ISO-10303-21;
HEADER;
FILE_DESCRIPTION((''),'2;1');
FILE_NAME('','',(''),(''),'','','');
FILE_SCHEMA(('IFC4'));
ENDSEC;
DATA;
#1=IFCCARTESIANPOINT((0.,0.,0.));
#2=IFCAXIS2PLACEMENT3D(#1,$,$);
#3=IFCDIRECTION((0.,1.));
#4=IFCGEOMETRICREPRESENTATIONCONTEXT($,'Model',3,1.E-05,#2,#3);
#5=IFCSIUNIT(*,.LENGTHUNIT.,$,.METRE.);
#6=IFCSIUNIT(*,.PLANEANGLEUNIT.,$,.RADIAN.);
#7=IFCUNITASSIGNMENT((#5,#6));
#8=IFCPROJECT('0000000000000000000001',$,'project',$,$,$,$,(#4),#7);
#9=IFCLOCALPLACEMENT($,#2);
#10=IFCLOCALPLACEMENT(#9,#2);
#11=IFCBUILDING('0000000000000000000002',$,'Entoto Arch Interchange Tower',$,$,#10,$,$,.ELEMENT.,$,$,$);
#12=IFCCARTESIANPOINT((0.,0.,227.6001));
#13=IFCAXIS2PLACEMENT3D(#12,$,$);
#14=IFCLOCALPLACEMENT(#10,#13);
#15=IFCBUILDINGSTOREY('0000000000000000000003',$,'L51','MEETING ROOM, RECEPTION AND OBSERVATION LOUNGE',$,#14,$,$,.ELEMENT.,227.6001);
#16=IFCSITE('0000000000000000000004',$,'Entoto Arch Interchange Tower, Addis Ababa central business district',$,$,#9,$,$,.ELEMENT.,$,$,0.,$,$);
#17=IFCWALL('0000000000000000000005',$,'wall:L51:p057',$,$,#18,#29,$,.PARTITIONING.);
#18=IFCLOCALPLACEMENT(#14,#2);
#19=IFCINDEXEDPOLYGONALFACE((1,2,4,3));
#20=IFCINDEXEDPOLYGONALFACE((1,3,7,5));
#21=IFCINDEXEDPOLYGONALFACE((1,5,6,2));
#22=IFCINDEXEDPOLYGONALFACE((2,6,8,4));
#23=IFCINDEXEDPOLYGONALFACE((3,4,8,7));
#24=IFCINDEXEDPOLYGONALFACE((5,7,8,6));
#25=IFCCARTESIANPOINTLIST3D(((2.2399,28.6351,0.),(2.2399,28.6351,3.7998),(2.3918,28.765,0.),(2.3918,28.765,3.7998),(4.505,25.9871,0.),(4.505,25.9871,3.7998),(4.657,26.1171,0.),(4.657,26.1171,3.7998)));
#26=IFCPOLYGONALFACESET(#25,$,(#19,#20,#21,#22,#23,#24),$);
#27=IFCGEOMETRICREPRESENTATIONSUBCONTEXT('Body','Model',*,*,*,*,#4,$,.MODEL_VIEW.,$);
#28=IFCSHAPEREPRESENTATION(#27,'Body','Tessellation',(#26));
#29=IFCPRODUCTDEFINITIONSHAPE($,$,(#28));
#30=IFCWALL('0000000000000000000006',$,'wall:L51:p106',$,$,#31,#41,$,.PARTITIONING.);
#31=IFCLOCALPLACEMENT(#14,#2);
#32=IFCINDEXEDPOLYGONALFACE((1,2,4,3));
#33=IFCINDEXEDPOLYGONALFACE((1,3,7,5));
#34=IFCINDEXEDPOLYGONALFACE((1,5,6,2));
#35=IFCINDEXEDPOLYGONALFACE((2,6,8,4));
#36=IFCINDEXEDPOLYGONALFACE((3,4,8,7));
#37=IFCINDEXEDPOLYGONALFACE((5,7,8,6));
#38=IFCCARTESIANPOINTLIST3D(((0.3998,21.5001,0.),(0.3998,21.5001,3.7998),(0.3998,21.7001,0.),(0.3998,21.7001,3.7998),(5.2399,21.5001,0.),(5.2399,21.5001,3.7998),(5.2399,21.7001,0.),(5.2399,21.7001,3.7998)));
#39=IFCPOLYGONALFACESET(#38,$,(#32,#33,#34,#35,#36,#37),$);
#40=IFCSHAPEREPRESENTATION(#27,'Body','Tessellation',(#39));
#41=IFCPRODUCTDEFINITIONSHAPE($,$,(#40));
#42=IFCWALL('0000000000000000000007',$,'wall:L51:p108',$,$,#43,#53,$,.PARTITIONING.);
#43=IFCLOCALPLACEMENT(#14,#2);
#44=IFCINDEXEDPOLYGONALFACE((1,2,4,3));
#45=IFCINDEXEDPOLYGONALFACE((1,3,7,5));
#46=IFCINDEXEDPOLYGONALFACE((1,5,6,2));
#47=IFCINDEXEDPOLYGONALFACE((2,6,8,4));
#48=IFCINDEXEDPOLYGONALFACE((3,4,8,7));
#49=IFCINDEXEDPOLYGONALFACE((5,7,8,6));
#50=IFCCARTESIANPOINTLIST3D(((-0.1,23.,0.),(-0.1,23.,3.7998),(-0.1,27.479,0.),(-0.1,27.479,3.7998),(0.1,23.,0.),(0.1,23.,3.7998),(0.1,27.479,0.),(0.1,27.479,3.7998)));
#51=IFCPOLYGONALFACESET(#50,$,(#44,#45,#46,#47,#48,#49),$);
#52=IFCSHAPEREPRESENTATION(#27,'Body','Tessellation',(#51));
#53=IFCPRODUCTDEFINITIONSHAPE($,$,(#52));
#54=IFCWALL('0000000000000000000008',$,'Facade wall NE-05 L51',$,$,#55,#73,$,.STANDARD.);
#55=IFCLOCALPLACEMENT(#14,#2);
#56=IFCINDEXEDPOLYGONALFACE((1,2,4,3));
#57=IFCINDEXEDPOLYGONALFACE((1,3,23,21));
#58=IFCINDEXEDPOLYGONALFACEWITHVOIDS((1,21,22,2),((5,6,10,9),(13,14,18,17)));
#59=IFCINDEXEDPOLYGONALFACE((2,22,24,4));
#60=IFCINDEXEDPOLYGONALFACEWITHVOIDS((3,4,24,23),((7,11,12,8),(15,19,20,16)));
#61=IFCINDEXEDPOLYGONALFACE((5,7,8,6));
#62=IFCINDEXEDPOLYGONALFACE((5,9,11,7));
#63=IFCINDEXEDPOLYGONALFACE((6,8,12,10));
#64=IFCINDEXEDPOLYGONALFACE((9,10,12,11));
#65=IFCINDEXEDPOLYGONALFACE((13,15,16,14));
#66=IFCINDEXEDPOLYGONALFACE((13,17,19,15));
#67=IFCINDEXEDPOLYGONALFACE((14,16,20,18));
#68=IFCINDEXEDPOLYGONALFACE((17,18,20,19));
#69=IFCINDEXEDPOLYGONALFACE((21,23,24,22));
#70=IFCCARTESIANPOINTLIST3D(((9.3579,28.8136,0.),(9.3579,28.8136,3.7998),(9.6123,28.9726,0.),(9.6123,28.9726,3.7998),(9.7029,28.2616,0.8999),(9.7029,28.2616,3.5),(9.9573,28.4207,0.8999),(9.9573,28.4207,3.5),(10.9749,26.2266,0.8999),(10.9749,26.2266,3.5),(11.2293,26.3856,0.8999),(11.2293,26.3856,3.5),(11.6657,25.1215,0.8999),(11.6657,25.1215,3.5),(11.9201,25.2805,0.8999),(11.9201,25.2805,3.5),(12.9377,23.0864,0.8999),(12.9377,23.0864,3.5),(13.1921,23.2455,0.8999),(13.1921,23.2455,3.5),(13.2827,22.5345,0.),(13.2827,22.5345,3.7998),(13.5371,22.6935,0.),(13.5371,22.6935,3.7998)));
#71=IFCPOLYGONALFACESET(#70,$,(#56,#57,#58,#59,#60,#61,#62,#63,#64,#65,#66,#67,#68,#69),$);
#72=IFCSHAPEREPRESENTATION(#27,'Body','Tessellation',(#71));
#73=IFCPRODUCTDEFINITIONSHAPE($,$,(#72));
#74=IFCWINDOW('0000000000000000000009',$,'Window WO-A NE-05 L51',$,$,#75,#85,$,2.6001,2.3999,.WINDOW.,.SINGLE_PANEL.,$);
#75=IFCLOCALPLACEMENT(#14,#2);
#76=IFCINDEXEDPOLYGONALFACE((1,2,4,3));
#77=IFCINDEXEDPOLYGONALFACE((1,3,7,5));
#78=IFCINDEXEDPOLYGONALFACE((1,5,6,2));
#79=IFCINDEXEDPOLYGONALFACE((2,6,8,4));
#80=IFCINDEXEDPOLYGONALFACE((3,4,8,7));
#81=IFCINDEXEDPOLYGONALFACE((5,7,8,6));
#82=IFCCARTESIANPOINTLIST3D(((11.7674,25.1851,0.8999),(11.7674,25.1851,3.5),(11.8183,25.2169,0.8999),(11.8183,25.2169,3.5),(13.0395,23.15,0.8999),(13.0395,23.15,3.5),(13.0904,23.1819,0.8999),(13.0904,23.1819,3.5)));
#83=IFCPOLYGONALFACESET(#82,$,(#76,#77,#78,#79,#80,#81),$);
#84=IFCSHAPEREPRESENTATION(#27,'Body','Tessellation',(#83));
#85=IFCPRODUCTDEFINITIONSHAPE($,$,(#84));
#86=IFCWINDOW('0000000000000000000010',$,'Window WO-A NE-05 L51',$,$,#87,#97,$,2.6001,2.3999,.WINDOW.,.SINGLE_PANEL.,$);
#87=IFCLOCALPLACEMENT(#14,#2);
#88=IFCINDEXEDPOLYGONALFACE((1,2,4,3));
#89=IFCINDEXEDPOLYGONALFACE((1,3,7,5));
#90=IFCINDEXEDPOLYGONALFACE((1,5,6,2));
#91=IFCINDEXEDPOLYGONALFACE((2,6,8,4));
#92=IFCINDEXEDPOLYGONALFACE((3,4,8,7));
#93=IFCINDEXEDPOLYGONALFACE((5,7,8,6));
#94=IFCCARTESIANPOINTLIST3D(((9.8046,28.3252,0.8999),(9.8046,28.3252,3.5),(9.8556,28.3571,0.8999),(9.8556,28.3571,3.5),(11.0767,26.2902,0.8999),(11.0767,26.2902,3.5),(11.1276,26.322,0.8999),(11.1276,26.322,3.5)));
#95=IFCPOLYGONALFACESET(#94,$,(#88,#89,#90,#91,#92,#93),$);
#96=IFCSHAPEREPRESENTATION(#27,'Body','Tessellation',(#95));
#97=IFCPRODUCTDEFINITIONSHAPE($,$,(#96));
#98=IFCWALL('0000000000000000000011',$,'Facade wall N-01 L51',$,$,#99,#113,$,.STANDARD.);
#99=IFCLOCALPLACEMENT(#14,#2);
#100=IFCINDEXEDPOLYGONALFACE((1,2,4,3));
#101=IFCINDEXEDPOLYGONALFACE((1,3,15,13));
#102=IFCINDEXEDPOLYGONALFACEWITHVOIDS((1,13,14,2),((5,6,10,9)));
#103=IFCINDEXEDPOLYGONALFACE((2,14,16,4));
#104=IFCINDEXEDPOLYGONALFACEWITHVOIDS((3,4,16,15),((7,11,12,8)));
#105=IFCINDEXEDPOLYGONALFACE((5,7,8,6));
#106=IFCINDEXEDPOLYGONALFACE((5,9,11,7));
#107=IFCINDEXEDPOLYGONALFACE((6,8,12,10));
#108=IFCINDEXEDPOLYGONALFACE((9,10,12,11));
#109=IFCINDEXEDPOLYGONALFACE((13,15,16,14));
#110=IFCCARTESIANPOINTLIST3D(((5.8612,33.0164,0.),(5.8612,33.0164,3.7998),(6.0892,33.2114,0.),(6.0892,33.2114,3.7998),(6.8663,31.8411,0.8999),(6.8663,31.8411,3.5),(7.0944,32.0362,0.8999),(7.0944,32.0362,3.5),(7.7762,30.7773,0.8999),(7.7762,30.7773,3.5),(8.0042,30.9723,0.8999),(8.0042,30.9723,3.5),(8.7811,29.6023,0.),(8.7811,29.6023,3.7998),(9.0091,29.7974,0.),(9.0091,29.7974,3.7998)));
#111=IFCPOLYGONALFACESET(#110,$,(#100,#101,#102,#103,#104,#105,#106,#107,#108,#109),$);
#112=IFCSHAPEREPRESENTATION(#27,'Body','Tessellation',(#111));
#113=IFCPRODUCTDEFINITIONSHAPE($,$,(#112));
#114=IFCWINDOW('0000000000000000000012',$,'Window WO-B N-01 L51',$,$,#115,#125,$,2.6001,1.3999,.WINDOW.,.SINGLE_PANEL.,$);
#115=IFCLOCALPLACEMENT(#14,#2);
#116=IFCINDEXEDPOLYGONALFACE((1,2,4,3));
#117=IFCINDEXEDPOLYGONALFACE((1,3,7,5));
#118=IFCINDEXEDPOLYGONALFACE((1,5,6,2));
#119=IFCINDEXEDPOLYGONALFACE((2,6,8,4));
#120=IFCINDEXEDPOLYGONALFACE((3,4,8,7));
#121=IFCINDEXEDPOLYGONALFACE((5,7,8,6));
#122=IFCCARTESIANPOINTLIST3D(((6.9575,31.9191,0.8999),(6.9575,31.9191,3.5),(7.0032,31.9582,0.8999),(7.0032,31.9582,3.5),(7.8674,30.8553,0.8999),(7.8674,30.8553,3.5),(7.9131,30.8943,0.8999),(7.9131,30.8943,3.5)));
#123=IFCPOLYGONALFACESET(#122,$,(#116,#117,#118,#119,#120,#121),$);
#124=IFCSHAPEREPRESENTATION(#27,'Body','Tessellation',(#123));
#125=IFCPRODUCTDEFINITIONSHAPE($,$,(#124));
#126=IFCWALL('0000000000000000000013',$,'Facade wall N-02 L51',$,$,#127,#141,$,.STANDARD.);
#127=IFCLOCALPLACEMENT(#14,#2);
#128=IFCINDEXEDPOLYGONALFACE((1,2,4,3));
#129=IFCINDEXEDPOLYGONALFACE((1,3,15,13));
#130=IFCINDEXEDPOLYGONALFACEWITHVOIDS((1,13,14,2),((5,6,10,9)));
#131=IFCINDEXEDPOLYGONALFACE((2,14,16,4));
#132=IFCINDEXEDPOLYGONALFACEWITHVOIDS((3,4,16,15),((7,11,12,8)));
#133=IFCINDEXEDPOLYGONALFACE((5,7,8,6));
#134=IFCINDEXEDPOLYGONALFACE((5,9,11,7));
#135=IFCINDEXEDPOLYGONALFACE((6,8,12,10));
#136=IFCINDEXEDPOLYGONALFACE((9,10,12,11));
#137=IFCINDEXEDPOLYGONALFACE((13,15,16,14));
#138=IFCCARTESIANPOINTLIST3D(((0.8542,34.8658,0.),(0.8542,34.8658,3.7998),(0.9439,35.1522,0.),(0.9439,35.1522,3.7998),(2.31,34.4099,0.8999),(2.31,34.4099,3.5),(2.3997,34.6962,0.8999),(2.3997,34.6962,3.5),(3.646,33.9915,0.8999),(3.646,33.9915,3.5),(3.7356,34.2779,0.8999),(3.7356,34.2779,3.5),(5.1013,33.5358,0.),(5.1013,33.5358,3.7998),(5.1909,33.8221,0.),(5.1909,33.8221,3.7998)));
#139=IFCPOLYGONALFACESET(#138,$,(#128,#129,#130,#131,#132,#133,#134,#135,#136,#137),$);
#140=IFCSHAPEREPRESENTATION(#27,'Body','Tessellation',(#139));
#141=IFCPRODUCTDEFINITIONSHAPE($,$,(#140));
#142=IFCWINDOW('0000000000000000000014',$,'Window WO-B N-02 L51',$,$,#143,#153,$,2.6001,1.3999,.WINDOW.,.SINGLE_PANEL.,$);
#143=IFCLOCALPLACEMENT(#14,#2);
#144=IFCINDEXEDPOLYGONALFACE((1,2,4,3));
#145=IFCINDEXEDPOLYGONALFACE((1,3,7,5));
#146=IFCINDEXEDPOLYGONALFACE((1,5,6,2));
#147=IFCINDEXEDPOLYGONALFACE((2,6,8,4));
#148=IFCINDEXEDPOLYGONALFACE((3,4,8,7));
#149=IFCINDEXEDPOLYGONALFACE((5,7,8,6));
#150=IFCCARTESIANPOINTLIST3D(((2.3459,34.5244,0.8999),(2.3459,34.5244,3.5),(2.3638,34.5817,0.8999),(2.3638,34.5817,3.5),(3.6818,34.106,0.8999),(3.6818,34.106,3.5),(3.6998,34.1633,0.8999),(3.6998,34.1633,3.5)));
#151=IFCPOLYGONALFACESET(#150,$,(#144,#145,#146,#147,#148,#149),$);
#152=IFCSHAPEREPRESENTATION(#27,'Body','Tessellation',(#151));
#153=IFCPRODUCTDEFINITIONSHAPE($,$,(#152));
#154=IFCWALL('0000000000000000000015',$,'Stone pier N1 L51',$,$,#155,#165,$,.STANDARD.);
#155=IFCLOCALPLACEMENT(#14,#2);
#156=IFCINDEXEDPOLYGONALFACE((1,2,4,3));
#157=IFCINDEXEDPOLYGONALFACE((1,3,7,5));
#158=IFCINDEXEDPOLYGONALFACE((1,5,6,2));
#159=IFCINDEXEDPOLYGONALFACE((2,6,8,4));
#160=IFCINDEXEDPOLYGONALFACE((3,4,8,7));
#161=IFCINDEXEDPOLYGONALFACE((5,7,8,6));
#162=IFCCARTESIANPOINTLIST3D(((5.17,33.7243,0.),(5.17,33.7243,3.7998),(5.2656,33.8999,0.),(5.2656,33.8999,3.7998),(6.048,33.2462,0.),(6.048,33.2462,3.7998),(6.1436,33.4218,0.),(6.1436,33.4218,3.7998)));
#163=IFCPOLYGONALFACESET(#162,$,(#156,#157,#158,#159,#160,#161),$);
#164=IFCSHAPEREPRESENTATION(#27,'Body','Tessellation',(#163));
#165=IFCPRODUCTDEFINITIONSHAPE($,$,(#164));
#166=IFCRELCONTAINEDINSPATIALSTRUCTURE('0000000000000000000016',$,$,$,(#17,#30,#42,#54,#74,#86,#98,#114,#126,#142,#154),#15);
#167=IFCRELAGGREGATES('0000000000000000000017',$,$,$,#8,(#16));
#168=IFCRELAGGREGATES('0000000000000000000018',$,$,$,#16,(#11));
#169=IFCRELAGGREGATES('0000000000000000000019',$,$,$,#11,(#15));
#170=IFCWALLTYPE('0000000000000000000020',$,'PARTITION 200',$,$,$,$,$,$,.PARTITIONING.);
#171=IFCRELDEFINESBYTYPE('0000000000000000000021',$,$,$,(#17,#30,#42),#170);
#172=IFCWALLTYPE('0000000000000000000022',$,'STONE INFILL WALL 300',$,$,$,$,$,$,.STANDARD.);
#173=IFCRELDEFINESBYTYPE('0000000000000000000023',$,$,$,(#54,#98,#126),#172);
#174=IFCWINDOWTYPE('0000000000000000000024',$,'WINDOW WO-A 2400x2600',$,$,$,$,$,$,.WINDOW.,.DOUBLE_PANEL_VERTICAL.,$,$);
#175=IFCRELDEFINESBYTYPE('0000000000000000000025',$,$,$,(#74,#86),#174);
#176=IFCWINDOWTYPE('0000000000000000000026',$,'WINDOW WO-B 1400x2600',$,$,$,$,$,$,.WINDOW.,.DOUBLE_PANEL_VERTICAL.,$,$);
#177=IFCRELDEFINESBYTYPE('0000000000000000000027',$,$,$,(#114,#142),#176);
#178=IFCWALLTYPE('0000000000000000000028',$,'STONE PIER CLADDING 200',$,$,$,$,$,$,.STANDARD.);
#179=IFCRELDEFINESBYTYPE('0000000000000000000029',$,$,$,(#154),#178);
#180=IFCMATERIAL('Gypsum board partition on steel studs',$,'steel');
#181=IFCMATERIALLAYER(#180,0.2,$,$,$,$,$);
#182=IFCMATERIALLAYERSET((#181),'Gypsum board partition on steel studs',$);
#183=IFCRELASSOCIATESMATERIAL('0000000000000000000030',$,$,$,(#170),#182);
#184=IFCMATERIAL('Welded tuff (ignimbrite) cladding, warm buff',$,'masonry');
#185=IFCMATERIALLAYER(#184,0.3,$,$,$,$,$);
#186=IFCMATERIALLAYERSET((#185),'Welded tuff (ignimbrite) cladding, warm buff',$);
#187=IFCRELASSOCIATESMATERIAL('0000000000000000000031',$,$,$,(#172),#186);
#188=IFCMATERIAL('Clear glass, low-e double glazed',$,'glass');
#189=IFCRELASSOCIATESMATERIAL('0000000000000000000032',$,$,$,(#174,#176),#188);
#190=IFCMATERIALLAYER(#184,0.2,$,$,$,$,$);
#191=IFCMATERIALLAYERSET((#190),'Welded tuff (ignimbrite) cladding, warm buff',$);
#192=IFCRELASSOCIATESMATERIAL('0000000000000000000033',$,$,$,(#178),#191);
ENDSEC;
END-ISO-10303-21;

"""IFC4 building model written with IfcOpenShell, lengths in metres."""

from ifc_helpers import new_model, si_unit, direction, frame, frame_2d, origin, place, context, subcontext, project, spatial, rectangle, extrude, material, layer, layer_set, type_object, element, fill, save


model = new_model("IFC4")

# Units and contexts
model_context = context("Model", 3, precision=1e-05, world=origin(), true_north=direction((0.0, 1.0)))
body_context = subcontext(model_context, "Body", "Model", "MODEL_VIEW")
ifc_project = project(units=[si_unit("LENGTHUNIT", "METRE"), si_unit("PLANEANGLEUNIT", "RADIAN")], contexts=[model_context])

# Site, building, storey
site_placement = place(None, origin())
site = spatial("IfcSite", under=ifc_project, at=site_placement, Name="Entoto Arch Interchange Tower, Addis Ababa central business district", CompositionType="ELEMENT", RefElevation=0.0)
building_placement = place(site_placement, origin())
building = spatial("IfcBuilding", under=site, at=building_placement, Name="Entoto Arch Interchange Tower", CompositionType="ELEMENT")
storey_placement = place(building_placement, frame((0.0, 0.0, 227.6001)))
storey = spatial("IfcBuildingStorey", under=building, at=storey_placement, Name="L51", Description="MEETING ROOM, RECEPTION AND OBSERVATION LOUNGE", CompositionType="ELEMENT", Elevation=227.6001)

# Shared definitions
ifc_material_1 = material(Name="Gypsum board partition on steel studs", Category="steel")
ifc_layer_1 = layer(ifc_material_1, 0.2)
ifc_layer_set_1 = layer_set([ifc_layer_1], Name="Gypsum board partition on steel studs")
wall_type_1 = type_object("IfcWallType", Name="PARTITION 200", PredefinedType="PARTITIONING", material=ifc_layer_set_1)

# Walls
wall_1_placement = place(storey_placement, frame((2.3159, 28.7, 0.0), z_axis=(0.0, 0.0, 1.0), x_axis=(0.650041, -0.759899, 0.0)))
element("IfcWall", 1, at=wall_1_placement, inside=storey, type_object=wall_type_1, Name="wall:L51:p057", PredefinedType="PARTITIONING", context=body_context, shape_type="SweptSolid", body=[
    extrude(rectangle(XDim=3.4846, YDim=0.2, at=frame_2d((1.7422, 0.0))), origin(), (0.0, 0.0, 1.0), 3.7998),
])
wall_2_placement = place(storey_placement, frame((0.3999, 21.6001, 0.0), z_axis=(0.0, 0.0, 1.0), x_axis=(1.0, 0.0, 0.0)))
element("IfcWall", 2, at=wall_2_placement, inside=storey, type_object=wall_type_1, Name="wall:L51:p106", PredefinedType="PARTITIONING", context=body_context, shape_type="SweptSolid", body=[
    extrude(rectangle(XDim=4.8401, YDim=0.2, at=frame_2d((2.4199, 0.0))), origin(), (0.0, 0.0, 1.0), 3.7998),
])
wall_3_placement = place(storey_placement, frame((0.0, 23.0, 0.0), z_axis=(0.0, 0.0, 1.0), x_axis=(0.0, 1.0, 0.0)))
element("IfcWall", 3, at=wall_3_placement, inside=storey, type_object=wall_type_1, Name="wall:L51:p108", PredefinedType="PARTITIONING", context=body_context, shape_type="SweptSolid", body=[
    extrude(rectangle(XDim=4.479, YDim=0.2, at=frame_2d((2.2395, 0.0))), origin(), (0.0, 0.0, 1.0), 3.7998),
])

# Wall, openings, windows
ifc_material_2 = material(Name="Welded tuff (ignimbrite) cladding, warm buff", Category="masonry")
ifc_layer_2 = layer(ifc_material_2, 0.3)
ifc_layer_set_2 = layer_set([ifc_layer_2], Name="Welded tuff (ignimbrite) cladding, warm buff")
wall_type_2 = type_object("IfcWallType", Name="STONE INFILL WALL 300", PredefinedType="STANDARD", material=ifc_layer_set_2)
wall_4_placement = place(storey_placement, frame((13.4099, 22.614, 0.0), z_axis=(0.0, 0.0, 1.0), x_axis=(-0.530037, 0.847974, 0.0)))
wall_4 = element("IfcWall", 4, at=wall_4_placement, inside=storey, type_object=wall_type_2, Name="Facade wall NE-05 L51", PredefinedType="STANDARD", context=body_context, shape_type="SweptSolid", body=[
    extrude(rectangle(XDim=7.4048, YDim=0.3, at=frame_2d((3.7024, 0.0))), origin(), (0.0, 0.0, 1.0), 3.7998),
])
opening_1_placement = place(wall_4_placement, frame((0.6509, 0.0, 0.8999)))
opening_1 = element("IfcOpeningElement", 5, at=opening_1_placement, cuts=wall_4, PredefinedType="OPENING", context=body_context, shape_type="SweptSolid", body=[
    extrude(rectangle(XDim=2.3999, YDim=2.6001, at=frame_2d((1.2, 1.3))), frame((0.0, 0.1602, 0.0), z_axis=(0.0, -1.0, 0.0), x_axis=(1.0, 0.0, 0.0)), (0.0, 0.0, 1.0), 0.3201),
])
opening_2_placement = place(wall_4_placement, frame((4.354, 0.0, 0.8999)))
opening_2 = element("IfcOpeningElement", 6, at=opening_2_placement, cuts=wall_4, PredefinedType="OPENING", context=body_context, shape_type="SweptSolid", body=[
    extrude(rectangle(XDim=2.3999, YDim=2.6001, at=frame_2d((1.2, 1.3))), frame((0.0, 0.1602, 0.0), z_axis=(0.0, -1.0, 0.0), x_axis=(1.0, 0.0, 0.0)), (0.0, 0.0, 1.0), 0.3201),
])
ifc_material_3 = material(Name="Clear glass, low-e double glazed", Category="glass")
window_type_1 = type_object("IfcWindowType", Name="WINDOW WO-A 2400x2600", PartitioningType="DOUBLE_PANEL_VERTICAL", PredefinedType="WINDOW", material=ifc_material_3)
window_1_placement = place(opening_1_placement, origin())
window_1 = element("IfcWindow", 7, at=window_1_placement, inside=storey, type_object=window_type_1, Name="Window WO-A NE-05 L51", OverallHeight=2.6001, OverallWidth=2.3999, PartitioningType="SINGLE_PANEL", PredefinedType="WINDOW", context=body_context, shape_type="SweptSolid", body=[
    extrude(rectangle(XDim=2.3999, YDim=2.6001, at=frame_2d((1.2, 1.3))), frame((0.0, 0.03, 0.0), z_axis=(0.0, -1.0, 0.0), x_axis=(1.0, 0.0, 0.0)), (0.0, 0.0, 1.0), 0.0601),
])
fill(opening_1, window_1)
window_2_placement = place(opening_2_placement, origin())
window_2 = element("IfcWindow", 8, at=window_2_placement, inside=storey, type_object=window_type_1, Name="Window WO-A NE-05 L51", OverallHeight=2.6001, OverallWidth=2.3999, PartitioningType="SINGLE_PANEL", PredefinedType="WINDOW", context=body_context, shape_type="SweptSolid", body=[
    extrude(rectangle(XDim=2.3999, YDim=2.6001, at=frame_2d((1.2, 1.3))), frame((0.0, 0.03, 0.0), z_axis=(0.0, -1.0, 0.0), x_axis=(1.0, 0.0, 0.0)), (0.0, 0.0, 1.0), 0.0601),
])
fill(opening_2, window_2)

# Walls, openings, windows
wall_5_placement = place(storey_placement, frame((8.895, 29.7, 0.0), z_axis=(0.0, 0.0, 1.0), x_axis=(-0.649968, 0.759962, 0.0)))
wall_5 = element("IfcWall", 9, at=wall_5_placement, inside=storey, type_object=wall_type_2, Name="Facade wall N-01 L51", PredefinedType="STANDARD", context=body_context, shape_type="SweptSolid", body=[
    extrude(rectangle(XDim=4.4924, YDim=0.3, at=frame_2d((2.2461, 0.0))), origin(), (0.0, 0.0, 1.0), 3.7998),
])
opening_3_placement = place(wall_5_placement, frame((1.5459, 0.0, 0.8999)))
opening_3 = element("IfcOpeningElement", 10, at=opening_3_placement, cuts=wall_5, PredefinedType="OPENING", context=body_context, shape_type="SweptSolid", body=[
    extrude(rectangle(XDim=1.3999, YDim=2.6001, at=frame_2d((0.7, 1.3))), frame((0.0, 0.1602, 0.0), z_axis=(0.0, -1.0, 0.0), x_axis=(1.0, 0.0, 0.0)), (0.0, 0.0, 1.0), 0.3201),
])
window_type_2 = type_object("IfcWindowType", Name="WINDOW WO-B 1400x2600", PartitioningType="DOUBLE_PANEL_VERTICAL", PredefinedType="WINDOW", material=ifc_material_3)
window_3_placement = place(opening_3_placement, origin())
window_3 = element("IfcWindow", 11, at=window_3_placement, inside=storey, type_object=window_type_2, Name="Window WO-B N-01 L51", OverallHeight=2.6001, OverallWidth=1.3999, PartitioningType="SINGLE_PANEL", PredefinedType="WINDOW", context=body_context, shape_type="SweptSolid", body=[
    extrude(rectangle(XDim=1.3999, YDim=2.6001, at=frame_2d((0.7, 1.3))), frame((0.0, 0.03, 0.0), z_axis=(0.0, -1.0, 0.0), x_axis=(1.0, 0.0, 0.0)), (0.0, 0.0, 1.0), 0.0601),
])
fill(opening_3, window_3)
wall_6_placement = place(storey_placement, frame((5.146, 33.679, 0.0), z_axis=(0.0, 0.0, 1.0), x_axis=(-0.954296, 0.298862, 0.0)))
wall_6 = element("IfcWall", 12, at=wall_6_placement, inside=storey, type_object=wall_type_2, Name="Facade wall N-02 L51", PredefinedType="STANDARD", context=body_context, shape_type="SweptSolid", body=[
    extrude(rectangle(XDim=4.4504, YDim=0.3, at=frame_2d((2.2251, 0.0))), origin(), (0.0, 0.0, 1.0), 3.7998),
])
opening_4_placement = place(wall_6_placement, frame((1.5249, 0.0, 0.8999)))
opening_4 = element("IfcOpeningElement", 13, at=opening_4_placement, cuts=wall_6, PredefinedType="OPENING", context=body_context, shape_type="SweptSolid", body=[
    extrude(rectangle(XDim=1.3999, YDim=2.6001, at=frame_2d((0.7, 1.3))), frame((0.0, 0.1602, 0.0), z_axis=(0.0, -1.0, 0.0), x_axis=(1.0, 0.0, 0.0)), (0.0, 0.0, 1.0), 0.3201),
])
window_4_placement = place(opening_4_placement, origin())
window_4 = element("IfcWindow", 14, at=window_4_placement, inside=storey, type_object=window_type_2, Name="Window WO-B N-02 L51", OverallHeight=2.6001, OverallWidth=1.3999, PartitioningType="SINGLE_PANEL", PredefinedType="WINDOW", context=body_context, shape_type="SweptSolid", body=[
    extrude(rectangle(XDim=1.3999, YDim=2.6001, at=frame_2d((0.7, 1.3))), frame((0.0, 0.03, 0.0), z_axis=(0.0, -1.0, 0.0), x_axis=(1.0, 0.0, 0.0)), (0.0, 0.0, 1.0), 0.0601),
])
fill(opening_4, window_4)

# Wall
ifc_layer_3 = layer(ifc_material_2, 0.2)
ifc_layer_set_3 = layer_set([ifc_layer_3], Name="Welded tuff (ignimbrite) cladding, warm buff")
wall_type_3 = type_object("IfcWallType", Name="STONE PIER CLADDING 200", PredefinedType="STANDARD", material=ifc_layer_set_3)
wall_7_placement = place(storey_placement, frame((6.0959, 33.334, 0.0), z_axis=(0.0, 0.0, 1.0), x_axis=(-0.87825, 0.478202, 0.0)))
element("IfcWall", 15, at=wall_7_placement, inside=storey, type_object=wall_type_3, Name="Stone pier N1 L51", PredefinedType="STANDARD", context=body_context, shape_type="SweptSolid", body=[
    extrude(rectangle(XDim=0.9998, YDim=0.2, at=frame_2d((0.5, 0.0))), origin(), (0.0, 0.0, 1.0), 3.7998),
])

save(model, "model.ifc")
